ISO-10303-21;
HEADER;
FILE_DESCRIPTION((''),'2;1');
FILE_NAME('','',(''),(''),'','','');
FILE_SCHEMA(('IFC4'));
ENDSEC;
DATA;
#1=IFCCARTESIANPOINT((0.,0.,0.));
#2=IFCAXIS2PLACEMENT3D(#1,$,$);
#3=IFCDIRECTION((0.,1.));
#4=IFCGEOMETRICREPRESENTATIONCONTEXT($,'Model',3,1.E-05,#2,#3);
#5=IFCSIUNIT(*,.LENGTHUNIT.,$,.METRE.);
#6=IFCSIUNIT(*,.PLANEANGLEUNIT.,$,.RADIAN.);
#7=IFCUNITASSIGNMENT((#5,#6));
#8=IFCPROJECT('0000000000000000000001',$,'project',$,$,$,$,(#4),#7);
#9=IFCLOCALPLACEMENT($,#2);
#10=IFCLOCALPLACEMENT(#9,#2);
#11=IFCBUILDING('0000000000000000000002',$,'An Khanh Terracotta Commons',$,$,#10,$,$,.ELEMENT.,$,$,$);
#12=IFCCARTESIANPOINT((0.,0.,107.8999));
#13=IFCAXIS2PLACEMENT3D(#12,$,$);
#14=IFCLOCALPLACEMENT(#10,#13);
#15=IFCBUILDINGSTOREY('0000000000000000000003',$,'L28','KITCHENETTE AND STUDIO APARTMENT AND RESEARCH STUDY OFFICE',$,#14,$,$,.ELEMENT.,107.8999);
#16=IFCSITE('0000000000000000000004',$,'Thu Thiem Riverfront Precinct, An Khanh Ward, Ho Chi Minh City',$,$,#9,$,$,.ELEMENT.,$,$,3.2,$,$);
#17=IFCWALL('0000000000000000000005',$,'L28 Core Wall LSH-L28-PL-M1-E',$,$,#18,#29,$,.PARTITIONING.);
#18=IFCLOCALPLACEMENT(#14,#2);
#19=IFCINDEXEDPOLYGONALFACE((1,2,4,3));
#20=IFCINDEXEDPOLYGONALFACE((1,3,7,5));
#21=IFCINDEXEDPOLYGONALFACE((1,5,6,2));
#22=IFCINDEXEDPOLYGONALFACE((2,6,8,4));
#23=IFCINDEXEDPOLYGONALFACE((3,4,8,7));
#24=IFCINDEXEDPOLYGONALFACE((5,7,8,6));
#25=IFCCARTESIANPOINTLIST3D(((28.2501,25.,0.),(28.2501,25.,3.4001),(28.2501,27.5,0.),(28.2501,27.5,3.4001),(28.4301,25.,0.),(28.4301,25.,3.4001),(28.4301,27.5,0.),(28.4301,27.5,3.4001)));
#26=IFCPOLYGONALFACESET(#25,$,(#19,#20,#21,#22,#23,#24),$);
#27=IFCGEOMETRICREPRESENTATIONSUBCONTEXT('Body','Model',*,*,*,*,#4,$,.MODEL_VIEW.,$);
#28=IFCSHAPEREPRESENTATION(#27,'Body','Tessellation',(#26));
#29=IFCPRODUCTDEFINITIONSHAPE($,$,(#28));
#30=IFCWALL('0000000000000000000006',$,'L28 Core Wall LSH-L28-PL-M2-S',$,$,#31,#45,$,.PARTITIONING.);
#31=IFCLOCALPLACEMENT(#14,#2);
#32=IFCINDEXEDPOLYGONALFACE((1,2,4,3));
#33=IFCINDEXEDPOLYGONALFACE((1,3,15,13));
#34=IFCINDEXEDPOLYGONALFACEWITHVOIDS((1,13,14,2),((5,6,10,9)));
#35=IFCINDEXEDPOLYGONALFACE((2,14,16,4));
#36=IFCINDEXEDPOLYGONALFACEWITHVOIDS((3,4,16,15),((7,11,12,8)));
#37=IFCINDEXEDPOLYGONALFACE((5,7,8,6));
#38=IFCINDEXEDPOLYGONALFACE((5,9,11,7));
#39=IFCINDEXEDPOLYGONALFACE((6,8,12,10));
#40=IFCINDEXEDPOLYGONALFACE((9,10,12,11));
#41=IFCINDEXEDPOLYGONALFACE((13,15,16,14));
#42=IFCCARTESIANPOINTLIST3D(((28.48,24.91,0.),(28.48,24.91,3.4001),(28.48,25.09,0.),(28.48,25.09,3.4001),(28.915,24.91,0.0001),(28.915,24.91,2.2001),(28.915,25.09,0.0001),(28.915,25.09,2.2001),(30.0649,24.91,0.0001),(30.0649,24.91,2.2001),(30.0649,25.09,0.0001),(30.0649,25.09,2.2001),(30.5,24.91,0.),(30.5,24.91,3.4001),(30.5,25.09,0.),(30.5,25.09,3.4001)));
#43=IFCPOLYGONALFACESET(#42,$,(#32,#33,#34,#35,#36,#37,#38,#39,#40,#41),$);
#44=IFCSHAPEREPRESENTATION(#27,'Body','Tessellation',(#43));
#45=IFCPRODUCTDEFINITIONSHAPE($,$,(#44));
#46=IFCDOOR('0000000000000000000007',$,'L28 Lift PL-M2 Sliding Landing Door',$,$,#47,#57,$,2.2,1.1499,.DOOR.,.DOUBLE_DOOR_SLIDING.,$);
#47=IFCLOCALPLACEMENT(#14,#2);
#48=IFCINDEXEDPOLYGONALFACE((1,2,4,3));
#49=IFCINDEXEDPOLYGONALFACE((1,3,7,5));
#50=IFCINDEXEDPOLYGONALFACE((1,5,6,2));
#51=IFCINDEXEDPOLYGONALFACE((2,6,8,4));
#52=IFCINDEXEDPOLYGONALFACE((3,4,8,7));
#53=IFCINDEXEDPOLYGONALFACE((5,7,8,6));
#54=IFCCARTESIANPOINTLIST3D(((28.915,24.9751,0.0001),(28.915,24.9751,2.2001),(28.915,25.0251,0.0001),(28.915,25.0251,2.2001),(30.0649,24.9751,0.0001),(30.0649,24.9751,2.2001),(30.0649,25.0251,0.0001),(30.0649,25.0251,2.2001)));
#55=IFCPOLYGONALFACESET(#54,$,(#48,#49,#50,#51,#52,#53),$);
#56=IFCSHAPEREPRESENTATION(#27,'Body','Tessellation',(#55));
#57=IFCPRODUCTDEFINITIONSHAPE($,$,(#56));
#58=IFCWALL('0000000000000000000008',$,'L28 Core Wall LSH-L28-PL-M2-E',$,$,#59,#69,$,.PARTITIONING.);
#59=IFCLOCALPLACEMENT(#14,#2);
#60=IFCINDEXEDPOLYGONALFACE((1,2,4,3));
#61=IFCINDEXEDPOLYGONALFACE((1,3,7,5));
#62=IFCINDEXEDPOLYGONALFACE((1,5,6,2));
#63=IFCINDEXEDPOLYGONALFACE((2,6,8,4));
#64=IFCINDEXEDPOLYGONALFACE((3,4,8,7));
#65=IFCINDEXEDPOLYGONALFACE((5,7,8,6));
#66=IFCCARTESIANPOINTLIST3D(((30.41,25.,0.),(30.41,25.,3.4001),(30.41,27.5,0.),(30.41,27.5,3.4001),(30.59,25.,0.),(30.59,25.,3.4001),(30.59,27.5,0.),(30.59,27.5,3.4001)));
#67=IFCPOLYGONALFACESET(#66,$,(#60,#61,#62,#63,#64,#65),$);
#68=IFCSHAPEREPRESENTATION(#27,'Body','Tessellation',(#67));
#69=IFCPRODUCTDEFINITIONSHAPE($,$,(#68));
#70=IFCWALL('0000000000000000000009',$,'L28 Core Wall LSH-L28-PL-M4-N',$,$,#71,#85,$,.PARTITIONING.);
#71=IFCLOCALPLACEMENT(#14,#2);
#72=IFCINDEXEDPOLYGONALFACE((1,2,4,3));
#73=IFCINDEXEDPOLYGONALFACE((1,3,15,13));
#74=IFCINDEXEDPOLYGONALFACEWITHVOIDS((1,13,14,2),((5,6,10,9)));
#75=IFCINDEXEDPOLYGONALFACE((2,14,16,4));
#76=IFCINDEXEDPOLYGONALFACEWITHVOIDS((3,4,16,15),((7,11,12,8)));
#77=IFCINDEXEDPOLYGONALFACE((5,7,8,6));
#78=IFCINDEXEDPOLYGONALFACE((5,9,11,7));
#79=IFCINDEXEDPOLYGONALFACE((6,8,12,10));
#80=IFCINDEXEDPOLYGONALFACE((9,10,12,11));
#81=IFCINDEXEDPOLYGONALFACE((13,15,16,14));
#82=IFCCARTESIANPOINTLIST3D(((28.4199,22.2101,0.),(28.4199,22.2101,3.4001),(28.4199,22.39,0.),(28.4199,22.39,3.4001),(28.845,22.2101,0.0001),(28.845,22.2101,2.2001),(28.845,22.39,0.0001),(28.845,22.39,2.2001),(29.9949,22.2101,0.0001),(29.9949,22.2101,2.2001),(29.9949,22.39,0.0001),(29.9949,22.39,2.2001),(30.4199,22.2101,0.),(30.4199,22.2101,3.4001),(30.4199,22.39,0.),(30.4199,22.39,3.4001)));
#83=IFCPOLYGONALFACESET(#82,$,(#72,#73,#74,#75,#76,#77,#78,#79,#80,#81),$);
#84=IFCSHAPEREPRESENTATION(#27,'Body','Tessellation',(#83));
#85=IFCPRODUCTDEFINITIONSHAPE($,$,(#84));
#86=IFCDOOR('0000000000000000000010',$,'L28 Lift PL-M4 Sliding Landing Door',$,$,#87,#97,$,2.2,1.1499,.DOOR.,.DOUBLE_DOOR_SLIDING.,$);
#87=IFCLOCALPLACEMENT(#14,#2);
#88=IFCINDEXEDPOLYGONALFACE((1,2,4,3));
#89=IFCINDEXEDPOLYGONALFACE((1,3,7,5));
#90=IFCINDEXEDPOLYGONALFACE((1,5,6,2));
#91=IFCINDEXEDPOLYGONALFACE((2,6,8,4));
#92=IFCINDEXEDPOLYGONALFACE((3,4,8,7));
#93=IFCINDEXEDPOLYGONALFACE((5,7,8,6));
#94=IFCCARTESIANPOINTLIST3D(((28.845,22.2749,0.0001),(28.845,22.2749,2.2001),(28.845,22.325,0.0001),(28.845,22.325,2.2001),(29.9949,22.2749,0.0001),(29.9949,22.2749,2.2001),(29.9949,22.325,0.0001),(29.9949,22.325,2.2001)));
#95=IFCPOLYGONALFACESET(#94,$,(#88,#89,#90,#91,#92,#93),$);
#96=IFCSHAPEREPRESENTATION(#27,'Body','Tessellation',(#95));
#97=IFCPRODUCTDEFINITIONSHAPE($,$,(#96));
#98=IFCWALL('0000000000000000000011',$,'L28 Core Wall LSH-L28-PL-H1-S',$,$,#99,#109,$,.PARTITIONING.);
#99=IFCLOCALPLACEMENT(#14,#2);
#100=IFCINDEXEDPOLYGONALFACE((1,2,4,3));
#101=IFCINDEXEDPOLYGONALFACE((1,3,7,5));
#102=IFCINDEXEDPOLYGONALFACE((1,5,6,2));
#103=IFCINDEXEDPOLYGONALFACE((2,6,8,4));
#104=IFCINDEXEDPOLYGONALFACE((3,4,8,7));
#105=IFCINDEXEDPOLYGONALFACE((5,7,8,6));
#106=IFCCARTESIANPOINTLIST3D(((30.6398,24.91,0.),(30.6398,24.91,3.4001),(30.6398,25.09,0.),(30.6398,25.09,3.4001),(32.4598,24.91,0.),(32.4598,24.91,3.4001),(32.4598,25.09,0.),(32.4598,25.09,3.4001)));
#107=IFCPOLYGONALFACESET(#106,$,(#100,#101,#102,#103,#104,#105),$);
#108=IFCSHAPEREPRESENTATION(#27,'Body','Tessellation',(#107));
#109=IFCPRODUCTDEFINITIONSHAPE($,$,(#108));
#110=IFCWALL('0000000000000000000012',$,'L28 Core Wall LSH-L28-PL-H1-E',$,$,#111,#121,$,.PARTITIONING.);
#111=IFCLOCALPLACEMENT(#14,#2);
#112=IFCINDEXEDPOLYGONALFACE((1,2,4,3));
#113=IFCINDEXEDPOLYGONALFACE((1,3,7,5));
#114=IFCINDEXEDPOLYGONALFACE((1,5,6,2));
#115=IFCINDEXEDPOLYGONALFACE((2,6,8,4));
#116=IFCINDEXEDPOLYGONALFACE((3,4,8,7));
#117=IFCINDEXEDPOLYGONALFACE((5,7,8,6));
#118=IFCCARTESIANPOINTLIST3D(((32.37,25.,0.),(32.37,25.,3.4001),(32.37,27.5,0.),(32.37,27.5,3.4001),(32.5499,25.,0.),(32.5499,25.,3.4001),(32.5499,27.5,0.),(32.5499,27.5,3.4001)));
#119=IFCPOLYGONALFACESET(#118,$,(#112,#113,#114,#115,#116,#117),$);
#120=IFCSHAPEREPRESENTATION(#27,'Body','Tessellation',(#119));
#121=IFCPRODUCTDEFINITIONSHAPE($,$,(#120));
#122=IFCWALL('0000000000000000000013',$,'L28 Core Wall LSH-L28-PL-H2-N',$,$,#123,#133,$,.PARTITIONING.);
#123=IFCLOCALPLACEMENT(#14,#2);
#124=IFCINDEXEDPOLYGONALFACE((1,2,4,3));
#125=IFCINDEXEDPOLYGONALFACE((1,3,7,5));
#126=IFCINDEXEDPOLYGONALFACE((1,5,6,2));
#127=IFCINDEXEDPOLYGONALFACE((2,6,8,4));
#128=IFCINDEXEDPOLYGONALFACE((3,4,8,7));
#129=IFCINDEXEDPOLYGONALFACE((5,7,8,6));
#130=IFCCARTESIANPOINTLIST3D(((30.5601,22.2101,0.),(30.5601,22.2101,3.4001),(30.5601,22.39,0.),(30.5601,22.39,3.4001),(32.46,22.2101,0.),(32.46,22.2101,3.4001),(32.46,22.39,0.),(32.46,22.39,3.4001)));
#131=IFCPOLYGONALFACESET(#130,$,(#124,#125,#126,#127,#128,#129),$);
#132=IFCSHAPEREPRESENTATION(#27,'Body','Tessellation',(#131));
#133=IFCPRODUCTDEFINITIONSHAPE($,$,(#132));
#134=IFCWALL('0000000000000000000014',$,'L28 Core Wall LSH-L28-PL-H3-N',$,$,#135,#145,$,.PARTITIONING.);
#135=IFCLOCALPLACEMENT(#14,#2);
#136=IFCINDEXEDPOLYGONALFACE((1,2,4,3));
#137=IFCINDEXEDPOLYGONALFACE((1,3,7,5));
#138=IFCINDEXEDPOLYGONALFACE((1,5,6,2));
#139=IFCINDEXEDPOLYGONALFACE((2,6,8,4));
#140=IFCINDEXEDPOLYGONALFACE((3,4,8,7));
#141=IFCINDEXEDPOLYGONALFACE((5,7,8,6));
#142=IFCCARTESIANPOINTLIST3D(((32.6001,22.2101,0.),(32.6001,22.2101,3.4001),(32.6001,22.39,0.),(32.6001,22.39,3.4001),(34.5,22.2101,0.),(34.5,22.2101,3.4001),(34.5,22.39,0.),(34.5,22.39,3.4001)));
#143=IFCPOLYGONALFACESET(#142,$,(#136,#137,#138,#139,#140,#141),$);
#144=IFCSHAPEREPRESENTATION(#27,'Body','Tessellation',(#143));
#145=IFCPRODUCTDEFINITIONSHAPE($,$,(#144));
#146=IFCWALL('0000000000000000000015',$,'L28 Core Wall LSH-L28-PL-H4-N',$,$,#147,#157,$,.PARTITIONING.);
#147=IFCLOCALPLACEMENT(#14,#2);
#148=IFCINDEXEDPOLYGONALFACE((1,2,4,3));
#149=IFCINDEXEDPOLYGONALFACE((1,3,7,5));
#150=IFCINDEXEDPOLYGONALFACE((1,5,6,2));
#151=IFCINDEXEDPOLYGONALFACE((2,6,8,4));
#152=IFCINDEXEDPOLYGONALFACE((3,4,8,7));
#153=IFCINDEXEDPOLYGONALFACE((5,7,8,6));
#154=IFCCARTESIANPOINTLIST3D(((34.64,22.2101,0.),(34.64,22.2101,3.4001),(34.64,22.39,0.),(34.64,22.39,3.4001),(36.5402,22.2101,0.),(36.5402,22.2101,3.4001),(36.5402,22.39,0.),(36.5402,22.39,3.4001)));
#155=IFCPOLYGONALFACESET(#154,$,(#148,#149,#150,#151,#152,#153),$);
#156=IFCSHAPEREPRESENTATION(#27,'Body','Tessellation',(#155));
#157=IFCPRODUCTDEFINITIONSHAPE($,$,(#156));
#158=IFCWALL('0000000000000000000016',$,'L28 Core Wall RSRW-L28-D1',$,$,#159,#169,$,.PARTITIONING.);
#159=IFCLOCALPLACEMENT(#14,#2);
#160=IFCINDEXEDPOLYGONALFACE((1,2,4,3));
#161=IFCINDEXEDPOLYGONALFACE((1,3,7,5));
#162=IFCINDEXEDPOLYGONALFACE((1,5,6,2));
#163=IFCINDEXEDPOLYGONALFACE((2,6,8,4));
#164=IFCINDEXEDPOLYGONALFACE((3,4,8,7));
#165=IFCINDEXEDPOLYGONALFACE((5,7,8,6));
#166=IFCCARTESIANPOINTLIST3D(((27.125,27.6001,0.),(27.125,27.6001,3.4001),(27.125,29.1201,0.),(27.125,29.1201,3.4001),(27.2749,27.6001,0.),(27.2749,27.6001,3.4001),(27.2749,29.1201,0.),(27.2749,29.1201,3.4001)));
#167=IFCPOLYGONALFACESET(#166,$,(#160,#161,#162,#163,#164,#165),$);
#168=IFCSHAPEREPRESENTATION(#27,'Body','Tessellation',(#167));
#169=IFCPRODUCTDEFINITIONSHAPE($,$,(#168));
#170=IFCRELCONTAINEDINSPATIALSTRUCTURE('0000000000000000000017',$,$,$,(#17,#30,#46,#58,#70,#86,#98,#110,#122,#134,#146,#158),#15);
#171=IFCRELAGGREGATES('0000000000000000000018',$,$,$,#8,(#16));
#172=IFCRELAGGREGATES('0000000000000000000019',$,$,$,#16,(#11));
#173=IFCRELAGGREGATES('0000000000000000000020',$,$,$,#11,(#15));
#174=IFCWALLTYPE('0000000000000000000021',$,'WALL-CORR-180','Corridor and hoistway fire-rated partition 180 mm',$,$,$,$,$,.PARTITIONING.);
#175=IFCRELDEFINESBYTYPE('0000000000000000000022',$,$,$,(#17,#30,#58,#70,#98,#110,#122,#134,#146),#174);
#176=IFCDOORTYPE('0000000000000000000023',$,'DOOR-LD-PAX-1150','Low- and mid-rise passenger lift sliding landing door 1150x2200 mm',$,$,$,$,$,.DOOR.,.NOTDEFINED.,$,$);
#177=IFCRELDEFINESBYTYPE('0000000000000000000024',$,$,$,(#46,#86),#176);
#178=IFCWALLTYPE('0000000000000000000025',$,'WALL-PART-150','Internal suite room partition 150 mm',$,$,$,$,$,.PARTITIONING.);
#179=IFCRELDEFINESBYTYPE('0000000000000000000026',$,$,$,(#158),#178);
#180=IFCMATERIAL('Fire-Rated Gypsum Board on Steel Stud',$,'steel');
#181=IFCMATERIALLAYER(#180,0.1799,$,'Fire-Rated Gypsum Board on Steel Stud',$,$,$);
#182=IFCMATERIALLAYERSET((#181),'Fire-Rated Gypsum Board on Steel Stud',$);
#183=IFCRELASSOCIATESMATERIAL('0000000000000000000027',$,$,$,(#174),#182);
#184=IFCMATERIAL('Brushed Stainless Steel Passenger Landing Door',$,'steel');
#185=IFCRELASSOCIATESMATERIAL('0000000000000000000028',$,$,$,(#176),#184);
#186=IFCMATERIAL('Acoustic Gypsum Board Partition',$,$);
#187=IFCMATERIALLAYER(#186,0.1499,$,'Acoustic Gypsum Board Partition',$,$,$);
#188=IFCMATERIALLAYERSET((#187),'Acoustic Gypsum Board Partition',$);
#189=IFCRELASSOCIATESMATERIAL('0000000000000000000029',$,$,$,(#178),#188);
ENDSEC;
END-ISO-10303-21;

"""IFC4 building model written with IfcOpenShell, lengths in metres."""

from ifc_helpers import new_model, si_unit, direction, frame, frame_2d, origin, place, context, subcontext, project, spatial, rectangle, extrude, material, layer, layer_set, type_object, element, fill, save


model = new_model("IFC4")

# Units and contexts
model_context = context("Model", 3, precision=1e-05, world=origin(), true_north=direction((0.0, 1.0)))
body_context = subcontext(model_context, "Body", "Model", "MODEL_VIEW")
ifc_project = project(units=[si_unit("LENGTHUNIT", "METRE"), si_unit("PLANEANGLEUNIT", "RADIAN")], contexts=[model_context])

# Site, building, storey
site_placement = place(None, origin())
site = spatial("IfcSite", under=ifc_project, at=site_placement, Name="Thu Thiem Riverfront Precinct, An Khanh Ward, Ho Chi Minh City", CompositionType="ELEMENT", RefElevation=3.2)
building_placement = place(site_placement, origin())
building = spatial("IfcBuilding", under=site, at=building_placement, Name="An Khanh Terracotta Commons", CompositionType="ELEMENT")
storey_placement = place(building_placement, frame((0.0, 0.0, 107.8999)))
storey = spatial("IfcBuildingStorey", under=building, at=storey_placement, Name="L28", Description="KITCHENETTE AND STUDIO APARTMENT AND RESEARCH STUDY OFFICE", CompositionType="ELEMENT", Elevation=107.8999)

# Shared definitions
ifc_material_1 = material(Name="Fire-Rated Gypsum Board on Steel Stud", Category="steel")
ifc_layer_1 = layer(ifc_material_1, 0.1799, Name="Fire-Rated Gypsum Board on Steel Stud")
ifc_layer_set_1 = layer_set([ifc_layer_1], Name="Fire-Rated Gypsum Board on Steel Stud")
wall_type_1 = type_object("IfcWallType", Name="WALL-CORR-180", Description="Corridor and hoistway fire-rated partition 180 mm", PredefinedType="PARTITIONING", material=ifc_layer_set_1)

# Shared definitions
ifc_material_2 = material(Name="Brushed Stainless Steel Passenger Landing Door", Category="steel")
door_type = type_object("IfcDoorType", Name="DOOR-LD-PAX-1150", Description="Low- and mid-rise passenger lift sliding landing door 1150x2200 mm", OperationType="NOTDEFINED", PredefinedType="DOOR", material=ifc_material_2)

# Wall
wall_1_placement = place(storey_placement, frame((28.3401, 25.0, 0.0), z_axis=(0.0, 0.0, 1.0), x_axis=(0.0, 1.0, 0.0)))
element("IfcWall", 1, at=wall_1_placement, inside=storey, type_object=wall_type_1, Name="L28 Core Wall LSH-L28-PL-M1-E", PredefinedType="PARTITIONING", context=body_context, shape_type="SweptSolid", body=[
    extrude(rectangle(XDim=2.5, YDim=0.1799, at=frame_2d((1.25, 0.0))), origin(), (0.0, 0.0, 1.0), 3.4001),
])

# Wall, opening, door
wall_2_placement = place(storey_placement, frame((30.5, 25.0, 0.0), z_axis=(0.0, 0.0, 1.0), x_axis=(-1.0, 0.0, 0.0)))
wall_2 = element("IfcWall", 2, at=wall_2_placement, inside=storey, type_object=wall_type_1, Name="L28 Core Wall LSH-L28-PL-M2-S", PredefinedType="PARTITIONING", context=body_context, shape_type="SweptSolid", body=[
    extrude(rectangle(XDim=2.02, YDim=0.1799, at=frame_2d((1.01, 0.0))), origin(), (0.0, 0.0, 1.0), 3.4001),
])
opening_1_placement = place(wall_2_placement, frame((0.4351, 0.0, 0.0)))
opening_1 = element("IfcOpeningElement", 3, at=opening_1_placement, cuts=wall_2, PredefinedType="OPENING", context=body_context, shape_type="SweptSolid", body=[
    extrude(rectangle(XDim=1.1499, YDim=2.2, at=frame_2d((0.575, 1.1001))), frame((0.0, 0.0999, 0.0), z_axis=(0.0, -1.0, 0.0), x_axis=(1.0, 0.0, 0.0)), (0.0, 0.0, 1.0), 0.2),
])
door_1_placement = place(opening_1_placement, origin())
door_1 = element("IfcDoor", 4, at=door_1_placement, inside=storey, type_object=door_type, Name="L28 Lift PL-M2 Sliding Landing Door", OperationType="DOUBLE_DOOR_SLIDING", OverallHeight=2.2, OverallWidth=1.1499, PredefinedType="DOOR", context=body_context, shape_type="SweptSolid", body=[
    extrude(rectangle(XDim=1.1499, YDim=2.2, at=frame_2d((0.575, 1.1001))), frame((0.0, 0.0249, 0.0), z_axis=(0.0, -1.0, 0.0), x_axis=(1.0, 0.0, 0.0)), (0.0, 0.0, 1.0), 0.05),
])
fill(opening_1, door_1)

# Wall
wall_3_placement = place(storey_placement, frame((30.5, 25.0, 0.0), z_axis=(0.0, 0.0, 1.0), x_axis=(0.0, 1.0, 0.0)))
element("IfcWall", 5, at=wall_3_placement, inside=storey, type_object=wall_type_1, Name="L28 Core Wall LSH-L28-PL-M2-E", PredefinedType="PARTITIONING", context=body_context, shape_type="SweptSolid", body=[
    extrude(rectangle(XDim=2.5, YDim=0.1799, at=frame_2d((1.25, 0.0))), origin(), (0.0, 0.0, 1.0), 3.4001),
])

# Wall, opening, door
wall_4_placement = place(storey_placement, frame((28.4199, 22.3, 0.0), z_axis=(0.0, 0.0, 1.0), x_axis=(1.0, 0.0, 0.0)))
wall_4 = element("IfcWall", 6, at=wall_4_placement, inside=storey, type_object=wall_type_1, Name="L28 Core Wall LSH-L28-PL-M4-N", PredefinedType="PARTITIONING", context=body_context, shape_type="SweptSolid", body=[
    extrude(rectangle(XDim=2.0, YDim=0.1799, at=frame_2d((1.0, 0.0))), origin(), (0.0, 0.0, 1.0), 3.4001),
])
opening_2_placement = place(wall_4_placement, frame((0.425, 0.0, 0.0)))
opening_2 = element("IfcOpeningElement", 7, at=opening_2_placement, cuts=wall_4, PredefinedType="OPENING", context=body_context, shape_type="SweptSolid", body=[
    extrude(rectangle(XDim=1.1499, YDim=2.2, at=frame_2d((0.575, 1.1001))), frame((0.0, 0.0999, 0.0), z_axis=(0.0, -1.0, 0.0), x_axis=(1.0, 0.0, 0.0)), (0.0, 0.0, 1.0), 0.2),
])
door_2_placement = place(opening_2_placement, origin())
door_2 = element("IfcDoor", 8, at=door_2_placement, inside=storey, type_object=door_type, Name="L28 Lift PL-M4 Sliding Landing Door", OperationType="DOUBLE_DOOR_SLIDING", OverallHeight=2.2, OverallWidth=1.1499, PredefinedType="DOOR", context=body_context, shape_type="SweptSolid", body=[
    extrude(rectangle(XDim=1.1499, YDim=2.2, at=frame_2d((0.575, 1.1001))), frame((0.0, 0.0249, 0.0), z_axis=(0.0, -1.0, 0.0), x_axis=(1.0, 0.0, 0.0)), (0.0, 0.0, 1.0), 0.05),
])
fill(opening_2, door_2)

# Walls
wall_5_placement = place(storey_placement, frame((32.46, 25.0, 0.0), z_axis=(0.0, 0.0, 1.0), x_axis=(-1.0, 0.0, 0.0)))
element("IfcWall", 9, at=wall_5_placement, inside=storey, type_object=wall_type_1, Name="L28 Core Wall LSH-L28-PL-H1-S", PredefinedType="PARTITIONING", context=body_context, shape_type="SweptSolid", body=[
    extrude(rectangle(XDim=1.8201, YDim=0.1799, at=frame_2d((0.9102, 0.0))), origin(), (0.0, 0.0, 1.0), 3.4001),
])
wall_6_placement = place(storey_placement, frame((32.46, 25.0, 0.0), z_axis=(0.0, 0.0, 1.0), x_axis=(0.0, 1.0, 0.0)))
element("IfcWall", 10, at=wall_6_placement, inside=storey, type_object=wall_type_1, Name="L28 Core Wall LSH-L28-PL-H1-E", PredefinedType="PARTITIONING", context=body_context, shape_type="SweptSolid", body=[
    extrude(rectangle(XDim=2.5, YDim=0.1799, at=frame_2d((1.25, 0.0))), origin(), (0.0, 0.0, 1.0), 3.4001),
])
for number, where, z_axis, x_axis, name in (
    (11, (30.5601, 22.3, 0.0), (0.0, 0.0, 1.0), (1.0, 0.0, 0.0), "L28 Core Wall LSH-L28-PL-H2-N"),
    (12, (32.6001, 22.3, 0.0), (0.0, 0.0, 1.0), (1.0, 0.0, 0.0), "L28 Core Wall LSH-L28-PL-H3-N"),
):
    element("IfcWall", number, at=place(storey_placement, frame(where, z_axis=z_axis, x_axis=x_axis)), inside=storey, type_object=wall_type_1, Name=name, PredefinedType="PARTITIONING", context=body_context, shape_type="SweptSolid", body=[
        extrude(rectangle(XDim=1.8999, YDim=0.1799, at=frame_2d((0.95, 0.0))), origin(), (0.0, 0.0, 1.0), 3.4001),
    ])
wall_7_placement = place(storey_placement, frame((34.6399, 22.3, 0.0), z_axis=(0.0, 0.0, 1.0), x_axis=(1.0, 0.0, 0.0)))
element("IfcWall", 13, at=wall_7_placement, inside=storey, type_object=wall_type_1, Name="L28 Core Wall LSH-L28-PL-H4-N", PredefinedType="PARTITIONING", context=body_context, shape_type="SweptSolid", body=[
    extrude(rectangle(XDim=1.9001, YDim=0.1799, at=frame_2d((0.9502, 0.0))), origin(), (0.0, 0.0, 1.0), 3.4001),
])
ifc_material_3 = material(Name="Acoustic Gypsum Board Partition")
ifc_layer_2 = layer(ifc_material_3, 0.1499, Name="Acoustic Gypsum Board Partition")
ifc_layer_set_2 = layer_set([ifc_layer_2], Name="Acoustic Gypsum Board Partition")
wall_type_2 = type_object("IfcWallType", Name="WALL-PART-150", Description="Internal suite room partition 150 mm", PredefinedType="PARTITIONING", material=ifc_layer_set_2)
wall_8_placement = place(storey_placement, frame((27.2, 27.6001, 0.0), z_axis=(0.0, 0.0, 1.0), x_axis=(0.0, 1.0, 0.0)))
element("IfcWall", 14, at=wall_8_placement, inside=storey, type_object=wall_type_2, Name="L28 Core Wall RSRW-L28-D1", PredefinedType="PARTITIONING", context=body_context, shape_type="SweptSolid", body=[
    extrude(rectangle(XDim=1.52, YDim=0.1499, at=frame_2d((0.76, 0.0))), origin(), (0.0, 0.0, 1.0), 3.4001),
])

save(model, "model.ifc")
